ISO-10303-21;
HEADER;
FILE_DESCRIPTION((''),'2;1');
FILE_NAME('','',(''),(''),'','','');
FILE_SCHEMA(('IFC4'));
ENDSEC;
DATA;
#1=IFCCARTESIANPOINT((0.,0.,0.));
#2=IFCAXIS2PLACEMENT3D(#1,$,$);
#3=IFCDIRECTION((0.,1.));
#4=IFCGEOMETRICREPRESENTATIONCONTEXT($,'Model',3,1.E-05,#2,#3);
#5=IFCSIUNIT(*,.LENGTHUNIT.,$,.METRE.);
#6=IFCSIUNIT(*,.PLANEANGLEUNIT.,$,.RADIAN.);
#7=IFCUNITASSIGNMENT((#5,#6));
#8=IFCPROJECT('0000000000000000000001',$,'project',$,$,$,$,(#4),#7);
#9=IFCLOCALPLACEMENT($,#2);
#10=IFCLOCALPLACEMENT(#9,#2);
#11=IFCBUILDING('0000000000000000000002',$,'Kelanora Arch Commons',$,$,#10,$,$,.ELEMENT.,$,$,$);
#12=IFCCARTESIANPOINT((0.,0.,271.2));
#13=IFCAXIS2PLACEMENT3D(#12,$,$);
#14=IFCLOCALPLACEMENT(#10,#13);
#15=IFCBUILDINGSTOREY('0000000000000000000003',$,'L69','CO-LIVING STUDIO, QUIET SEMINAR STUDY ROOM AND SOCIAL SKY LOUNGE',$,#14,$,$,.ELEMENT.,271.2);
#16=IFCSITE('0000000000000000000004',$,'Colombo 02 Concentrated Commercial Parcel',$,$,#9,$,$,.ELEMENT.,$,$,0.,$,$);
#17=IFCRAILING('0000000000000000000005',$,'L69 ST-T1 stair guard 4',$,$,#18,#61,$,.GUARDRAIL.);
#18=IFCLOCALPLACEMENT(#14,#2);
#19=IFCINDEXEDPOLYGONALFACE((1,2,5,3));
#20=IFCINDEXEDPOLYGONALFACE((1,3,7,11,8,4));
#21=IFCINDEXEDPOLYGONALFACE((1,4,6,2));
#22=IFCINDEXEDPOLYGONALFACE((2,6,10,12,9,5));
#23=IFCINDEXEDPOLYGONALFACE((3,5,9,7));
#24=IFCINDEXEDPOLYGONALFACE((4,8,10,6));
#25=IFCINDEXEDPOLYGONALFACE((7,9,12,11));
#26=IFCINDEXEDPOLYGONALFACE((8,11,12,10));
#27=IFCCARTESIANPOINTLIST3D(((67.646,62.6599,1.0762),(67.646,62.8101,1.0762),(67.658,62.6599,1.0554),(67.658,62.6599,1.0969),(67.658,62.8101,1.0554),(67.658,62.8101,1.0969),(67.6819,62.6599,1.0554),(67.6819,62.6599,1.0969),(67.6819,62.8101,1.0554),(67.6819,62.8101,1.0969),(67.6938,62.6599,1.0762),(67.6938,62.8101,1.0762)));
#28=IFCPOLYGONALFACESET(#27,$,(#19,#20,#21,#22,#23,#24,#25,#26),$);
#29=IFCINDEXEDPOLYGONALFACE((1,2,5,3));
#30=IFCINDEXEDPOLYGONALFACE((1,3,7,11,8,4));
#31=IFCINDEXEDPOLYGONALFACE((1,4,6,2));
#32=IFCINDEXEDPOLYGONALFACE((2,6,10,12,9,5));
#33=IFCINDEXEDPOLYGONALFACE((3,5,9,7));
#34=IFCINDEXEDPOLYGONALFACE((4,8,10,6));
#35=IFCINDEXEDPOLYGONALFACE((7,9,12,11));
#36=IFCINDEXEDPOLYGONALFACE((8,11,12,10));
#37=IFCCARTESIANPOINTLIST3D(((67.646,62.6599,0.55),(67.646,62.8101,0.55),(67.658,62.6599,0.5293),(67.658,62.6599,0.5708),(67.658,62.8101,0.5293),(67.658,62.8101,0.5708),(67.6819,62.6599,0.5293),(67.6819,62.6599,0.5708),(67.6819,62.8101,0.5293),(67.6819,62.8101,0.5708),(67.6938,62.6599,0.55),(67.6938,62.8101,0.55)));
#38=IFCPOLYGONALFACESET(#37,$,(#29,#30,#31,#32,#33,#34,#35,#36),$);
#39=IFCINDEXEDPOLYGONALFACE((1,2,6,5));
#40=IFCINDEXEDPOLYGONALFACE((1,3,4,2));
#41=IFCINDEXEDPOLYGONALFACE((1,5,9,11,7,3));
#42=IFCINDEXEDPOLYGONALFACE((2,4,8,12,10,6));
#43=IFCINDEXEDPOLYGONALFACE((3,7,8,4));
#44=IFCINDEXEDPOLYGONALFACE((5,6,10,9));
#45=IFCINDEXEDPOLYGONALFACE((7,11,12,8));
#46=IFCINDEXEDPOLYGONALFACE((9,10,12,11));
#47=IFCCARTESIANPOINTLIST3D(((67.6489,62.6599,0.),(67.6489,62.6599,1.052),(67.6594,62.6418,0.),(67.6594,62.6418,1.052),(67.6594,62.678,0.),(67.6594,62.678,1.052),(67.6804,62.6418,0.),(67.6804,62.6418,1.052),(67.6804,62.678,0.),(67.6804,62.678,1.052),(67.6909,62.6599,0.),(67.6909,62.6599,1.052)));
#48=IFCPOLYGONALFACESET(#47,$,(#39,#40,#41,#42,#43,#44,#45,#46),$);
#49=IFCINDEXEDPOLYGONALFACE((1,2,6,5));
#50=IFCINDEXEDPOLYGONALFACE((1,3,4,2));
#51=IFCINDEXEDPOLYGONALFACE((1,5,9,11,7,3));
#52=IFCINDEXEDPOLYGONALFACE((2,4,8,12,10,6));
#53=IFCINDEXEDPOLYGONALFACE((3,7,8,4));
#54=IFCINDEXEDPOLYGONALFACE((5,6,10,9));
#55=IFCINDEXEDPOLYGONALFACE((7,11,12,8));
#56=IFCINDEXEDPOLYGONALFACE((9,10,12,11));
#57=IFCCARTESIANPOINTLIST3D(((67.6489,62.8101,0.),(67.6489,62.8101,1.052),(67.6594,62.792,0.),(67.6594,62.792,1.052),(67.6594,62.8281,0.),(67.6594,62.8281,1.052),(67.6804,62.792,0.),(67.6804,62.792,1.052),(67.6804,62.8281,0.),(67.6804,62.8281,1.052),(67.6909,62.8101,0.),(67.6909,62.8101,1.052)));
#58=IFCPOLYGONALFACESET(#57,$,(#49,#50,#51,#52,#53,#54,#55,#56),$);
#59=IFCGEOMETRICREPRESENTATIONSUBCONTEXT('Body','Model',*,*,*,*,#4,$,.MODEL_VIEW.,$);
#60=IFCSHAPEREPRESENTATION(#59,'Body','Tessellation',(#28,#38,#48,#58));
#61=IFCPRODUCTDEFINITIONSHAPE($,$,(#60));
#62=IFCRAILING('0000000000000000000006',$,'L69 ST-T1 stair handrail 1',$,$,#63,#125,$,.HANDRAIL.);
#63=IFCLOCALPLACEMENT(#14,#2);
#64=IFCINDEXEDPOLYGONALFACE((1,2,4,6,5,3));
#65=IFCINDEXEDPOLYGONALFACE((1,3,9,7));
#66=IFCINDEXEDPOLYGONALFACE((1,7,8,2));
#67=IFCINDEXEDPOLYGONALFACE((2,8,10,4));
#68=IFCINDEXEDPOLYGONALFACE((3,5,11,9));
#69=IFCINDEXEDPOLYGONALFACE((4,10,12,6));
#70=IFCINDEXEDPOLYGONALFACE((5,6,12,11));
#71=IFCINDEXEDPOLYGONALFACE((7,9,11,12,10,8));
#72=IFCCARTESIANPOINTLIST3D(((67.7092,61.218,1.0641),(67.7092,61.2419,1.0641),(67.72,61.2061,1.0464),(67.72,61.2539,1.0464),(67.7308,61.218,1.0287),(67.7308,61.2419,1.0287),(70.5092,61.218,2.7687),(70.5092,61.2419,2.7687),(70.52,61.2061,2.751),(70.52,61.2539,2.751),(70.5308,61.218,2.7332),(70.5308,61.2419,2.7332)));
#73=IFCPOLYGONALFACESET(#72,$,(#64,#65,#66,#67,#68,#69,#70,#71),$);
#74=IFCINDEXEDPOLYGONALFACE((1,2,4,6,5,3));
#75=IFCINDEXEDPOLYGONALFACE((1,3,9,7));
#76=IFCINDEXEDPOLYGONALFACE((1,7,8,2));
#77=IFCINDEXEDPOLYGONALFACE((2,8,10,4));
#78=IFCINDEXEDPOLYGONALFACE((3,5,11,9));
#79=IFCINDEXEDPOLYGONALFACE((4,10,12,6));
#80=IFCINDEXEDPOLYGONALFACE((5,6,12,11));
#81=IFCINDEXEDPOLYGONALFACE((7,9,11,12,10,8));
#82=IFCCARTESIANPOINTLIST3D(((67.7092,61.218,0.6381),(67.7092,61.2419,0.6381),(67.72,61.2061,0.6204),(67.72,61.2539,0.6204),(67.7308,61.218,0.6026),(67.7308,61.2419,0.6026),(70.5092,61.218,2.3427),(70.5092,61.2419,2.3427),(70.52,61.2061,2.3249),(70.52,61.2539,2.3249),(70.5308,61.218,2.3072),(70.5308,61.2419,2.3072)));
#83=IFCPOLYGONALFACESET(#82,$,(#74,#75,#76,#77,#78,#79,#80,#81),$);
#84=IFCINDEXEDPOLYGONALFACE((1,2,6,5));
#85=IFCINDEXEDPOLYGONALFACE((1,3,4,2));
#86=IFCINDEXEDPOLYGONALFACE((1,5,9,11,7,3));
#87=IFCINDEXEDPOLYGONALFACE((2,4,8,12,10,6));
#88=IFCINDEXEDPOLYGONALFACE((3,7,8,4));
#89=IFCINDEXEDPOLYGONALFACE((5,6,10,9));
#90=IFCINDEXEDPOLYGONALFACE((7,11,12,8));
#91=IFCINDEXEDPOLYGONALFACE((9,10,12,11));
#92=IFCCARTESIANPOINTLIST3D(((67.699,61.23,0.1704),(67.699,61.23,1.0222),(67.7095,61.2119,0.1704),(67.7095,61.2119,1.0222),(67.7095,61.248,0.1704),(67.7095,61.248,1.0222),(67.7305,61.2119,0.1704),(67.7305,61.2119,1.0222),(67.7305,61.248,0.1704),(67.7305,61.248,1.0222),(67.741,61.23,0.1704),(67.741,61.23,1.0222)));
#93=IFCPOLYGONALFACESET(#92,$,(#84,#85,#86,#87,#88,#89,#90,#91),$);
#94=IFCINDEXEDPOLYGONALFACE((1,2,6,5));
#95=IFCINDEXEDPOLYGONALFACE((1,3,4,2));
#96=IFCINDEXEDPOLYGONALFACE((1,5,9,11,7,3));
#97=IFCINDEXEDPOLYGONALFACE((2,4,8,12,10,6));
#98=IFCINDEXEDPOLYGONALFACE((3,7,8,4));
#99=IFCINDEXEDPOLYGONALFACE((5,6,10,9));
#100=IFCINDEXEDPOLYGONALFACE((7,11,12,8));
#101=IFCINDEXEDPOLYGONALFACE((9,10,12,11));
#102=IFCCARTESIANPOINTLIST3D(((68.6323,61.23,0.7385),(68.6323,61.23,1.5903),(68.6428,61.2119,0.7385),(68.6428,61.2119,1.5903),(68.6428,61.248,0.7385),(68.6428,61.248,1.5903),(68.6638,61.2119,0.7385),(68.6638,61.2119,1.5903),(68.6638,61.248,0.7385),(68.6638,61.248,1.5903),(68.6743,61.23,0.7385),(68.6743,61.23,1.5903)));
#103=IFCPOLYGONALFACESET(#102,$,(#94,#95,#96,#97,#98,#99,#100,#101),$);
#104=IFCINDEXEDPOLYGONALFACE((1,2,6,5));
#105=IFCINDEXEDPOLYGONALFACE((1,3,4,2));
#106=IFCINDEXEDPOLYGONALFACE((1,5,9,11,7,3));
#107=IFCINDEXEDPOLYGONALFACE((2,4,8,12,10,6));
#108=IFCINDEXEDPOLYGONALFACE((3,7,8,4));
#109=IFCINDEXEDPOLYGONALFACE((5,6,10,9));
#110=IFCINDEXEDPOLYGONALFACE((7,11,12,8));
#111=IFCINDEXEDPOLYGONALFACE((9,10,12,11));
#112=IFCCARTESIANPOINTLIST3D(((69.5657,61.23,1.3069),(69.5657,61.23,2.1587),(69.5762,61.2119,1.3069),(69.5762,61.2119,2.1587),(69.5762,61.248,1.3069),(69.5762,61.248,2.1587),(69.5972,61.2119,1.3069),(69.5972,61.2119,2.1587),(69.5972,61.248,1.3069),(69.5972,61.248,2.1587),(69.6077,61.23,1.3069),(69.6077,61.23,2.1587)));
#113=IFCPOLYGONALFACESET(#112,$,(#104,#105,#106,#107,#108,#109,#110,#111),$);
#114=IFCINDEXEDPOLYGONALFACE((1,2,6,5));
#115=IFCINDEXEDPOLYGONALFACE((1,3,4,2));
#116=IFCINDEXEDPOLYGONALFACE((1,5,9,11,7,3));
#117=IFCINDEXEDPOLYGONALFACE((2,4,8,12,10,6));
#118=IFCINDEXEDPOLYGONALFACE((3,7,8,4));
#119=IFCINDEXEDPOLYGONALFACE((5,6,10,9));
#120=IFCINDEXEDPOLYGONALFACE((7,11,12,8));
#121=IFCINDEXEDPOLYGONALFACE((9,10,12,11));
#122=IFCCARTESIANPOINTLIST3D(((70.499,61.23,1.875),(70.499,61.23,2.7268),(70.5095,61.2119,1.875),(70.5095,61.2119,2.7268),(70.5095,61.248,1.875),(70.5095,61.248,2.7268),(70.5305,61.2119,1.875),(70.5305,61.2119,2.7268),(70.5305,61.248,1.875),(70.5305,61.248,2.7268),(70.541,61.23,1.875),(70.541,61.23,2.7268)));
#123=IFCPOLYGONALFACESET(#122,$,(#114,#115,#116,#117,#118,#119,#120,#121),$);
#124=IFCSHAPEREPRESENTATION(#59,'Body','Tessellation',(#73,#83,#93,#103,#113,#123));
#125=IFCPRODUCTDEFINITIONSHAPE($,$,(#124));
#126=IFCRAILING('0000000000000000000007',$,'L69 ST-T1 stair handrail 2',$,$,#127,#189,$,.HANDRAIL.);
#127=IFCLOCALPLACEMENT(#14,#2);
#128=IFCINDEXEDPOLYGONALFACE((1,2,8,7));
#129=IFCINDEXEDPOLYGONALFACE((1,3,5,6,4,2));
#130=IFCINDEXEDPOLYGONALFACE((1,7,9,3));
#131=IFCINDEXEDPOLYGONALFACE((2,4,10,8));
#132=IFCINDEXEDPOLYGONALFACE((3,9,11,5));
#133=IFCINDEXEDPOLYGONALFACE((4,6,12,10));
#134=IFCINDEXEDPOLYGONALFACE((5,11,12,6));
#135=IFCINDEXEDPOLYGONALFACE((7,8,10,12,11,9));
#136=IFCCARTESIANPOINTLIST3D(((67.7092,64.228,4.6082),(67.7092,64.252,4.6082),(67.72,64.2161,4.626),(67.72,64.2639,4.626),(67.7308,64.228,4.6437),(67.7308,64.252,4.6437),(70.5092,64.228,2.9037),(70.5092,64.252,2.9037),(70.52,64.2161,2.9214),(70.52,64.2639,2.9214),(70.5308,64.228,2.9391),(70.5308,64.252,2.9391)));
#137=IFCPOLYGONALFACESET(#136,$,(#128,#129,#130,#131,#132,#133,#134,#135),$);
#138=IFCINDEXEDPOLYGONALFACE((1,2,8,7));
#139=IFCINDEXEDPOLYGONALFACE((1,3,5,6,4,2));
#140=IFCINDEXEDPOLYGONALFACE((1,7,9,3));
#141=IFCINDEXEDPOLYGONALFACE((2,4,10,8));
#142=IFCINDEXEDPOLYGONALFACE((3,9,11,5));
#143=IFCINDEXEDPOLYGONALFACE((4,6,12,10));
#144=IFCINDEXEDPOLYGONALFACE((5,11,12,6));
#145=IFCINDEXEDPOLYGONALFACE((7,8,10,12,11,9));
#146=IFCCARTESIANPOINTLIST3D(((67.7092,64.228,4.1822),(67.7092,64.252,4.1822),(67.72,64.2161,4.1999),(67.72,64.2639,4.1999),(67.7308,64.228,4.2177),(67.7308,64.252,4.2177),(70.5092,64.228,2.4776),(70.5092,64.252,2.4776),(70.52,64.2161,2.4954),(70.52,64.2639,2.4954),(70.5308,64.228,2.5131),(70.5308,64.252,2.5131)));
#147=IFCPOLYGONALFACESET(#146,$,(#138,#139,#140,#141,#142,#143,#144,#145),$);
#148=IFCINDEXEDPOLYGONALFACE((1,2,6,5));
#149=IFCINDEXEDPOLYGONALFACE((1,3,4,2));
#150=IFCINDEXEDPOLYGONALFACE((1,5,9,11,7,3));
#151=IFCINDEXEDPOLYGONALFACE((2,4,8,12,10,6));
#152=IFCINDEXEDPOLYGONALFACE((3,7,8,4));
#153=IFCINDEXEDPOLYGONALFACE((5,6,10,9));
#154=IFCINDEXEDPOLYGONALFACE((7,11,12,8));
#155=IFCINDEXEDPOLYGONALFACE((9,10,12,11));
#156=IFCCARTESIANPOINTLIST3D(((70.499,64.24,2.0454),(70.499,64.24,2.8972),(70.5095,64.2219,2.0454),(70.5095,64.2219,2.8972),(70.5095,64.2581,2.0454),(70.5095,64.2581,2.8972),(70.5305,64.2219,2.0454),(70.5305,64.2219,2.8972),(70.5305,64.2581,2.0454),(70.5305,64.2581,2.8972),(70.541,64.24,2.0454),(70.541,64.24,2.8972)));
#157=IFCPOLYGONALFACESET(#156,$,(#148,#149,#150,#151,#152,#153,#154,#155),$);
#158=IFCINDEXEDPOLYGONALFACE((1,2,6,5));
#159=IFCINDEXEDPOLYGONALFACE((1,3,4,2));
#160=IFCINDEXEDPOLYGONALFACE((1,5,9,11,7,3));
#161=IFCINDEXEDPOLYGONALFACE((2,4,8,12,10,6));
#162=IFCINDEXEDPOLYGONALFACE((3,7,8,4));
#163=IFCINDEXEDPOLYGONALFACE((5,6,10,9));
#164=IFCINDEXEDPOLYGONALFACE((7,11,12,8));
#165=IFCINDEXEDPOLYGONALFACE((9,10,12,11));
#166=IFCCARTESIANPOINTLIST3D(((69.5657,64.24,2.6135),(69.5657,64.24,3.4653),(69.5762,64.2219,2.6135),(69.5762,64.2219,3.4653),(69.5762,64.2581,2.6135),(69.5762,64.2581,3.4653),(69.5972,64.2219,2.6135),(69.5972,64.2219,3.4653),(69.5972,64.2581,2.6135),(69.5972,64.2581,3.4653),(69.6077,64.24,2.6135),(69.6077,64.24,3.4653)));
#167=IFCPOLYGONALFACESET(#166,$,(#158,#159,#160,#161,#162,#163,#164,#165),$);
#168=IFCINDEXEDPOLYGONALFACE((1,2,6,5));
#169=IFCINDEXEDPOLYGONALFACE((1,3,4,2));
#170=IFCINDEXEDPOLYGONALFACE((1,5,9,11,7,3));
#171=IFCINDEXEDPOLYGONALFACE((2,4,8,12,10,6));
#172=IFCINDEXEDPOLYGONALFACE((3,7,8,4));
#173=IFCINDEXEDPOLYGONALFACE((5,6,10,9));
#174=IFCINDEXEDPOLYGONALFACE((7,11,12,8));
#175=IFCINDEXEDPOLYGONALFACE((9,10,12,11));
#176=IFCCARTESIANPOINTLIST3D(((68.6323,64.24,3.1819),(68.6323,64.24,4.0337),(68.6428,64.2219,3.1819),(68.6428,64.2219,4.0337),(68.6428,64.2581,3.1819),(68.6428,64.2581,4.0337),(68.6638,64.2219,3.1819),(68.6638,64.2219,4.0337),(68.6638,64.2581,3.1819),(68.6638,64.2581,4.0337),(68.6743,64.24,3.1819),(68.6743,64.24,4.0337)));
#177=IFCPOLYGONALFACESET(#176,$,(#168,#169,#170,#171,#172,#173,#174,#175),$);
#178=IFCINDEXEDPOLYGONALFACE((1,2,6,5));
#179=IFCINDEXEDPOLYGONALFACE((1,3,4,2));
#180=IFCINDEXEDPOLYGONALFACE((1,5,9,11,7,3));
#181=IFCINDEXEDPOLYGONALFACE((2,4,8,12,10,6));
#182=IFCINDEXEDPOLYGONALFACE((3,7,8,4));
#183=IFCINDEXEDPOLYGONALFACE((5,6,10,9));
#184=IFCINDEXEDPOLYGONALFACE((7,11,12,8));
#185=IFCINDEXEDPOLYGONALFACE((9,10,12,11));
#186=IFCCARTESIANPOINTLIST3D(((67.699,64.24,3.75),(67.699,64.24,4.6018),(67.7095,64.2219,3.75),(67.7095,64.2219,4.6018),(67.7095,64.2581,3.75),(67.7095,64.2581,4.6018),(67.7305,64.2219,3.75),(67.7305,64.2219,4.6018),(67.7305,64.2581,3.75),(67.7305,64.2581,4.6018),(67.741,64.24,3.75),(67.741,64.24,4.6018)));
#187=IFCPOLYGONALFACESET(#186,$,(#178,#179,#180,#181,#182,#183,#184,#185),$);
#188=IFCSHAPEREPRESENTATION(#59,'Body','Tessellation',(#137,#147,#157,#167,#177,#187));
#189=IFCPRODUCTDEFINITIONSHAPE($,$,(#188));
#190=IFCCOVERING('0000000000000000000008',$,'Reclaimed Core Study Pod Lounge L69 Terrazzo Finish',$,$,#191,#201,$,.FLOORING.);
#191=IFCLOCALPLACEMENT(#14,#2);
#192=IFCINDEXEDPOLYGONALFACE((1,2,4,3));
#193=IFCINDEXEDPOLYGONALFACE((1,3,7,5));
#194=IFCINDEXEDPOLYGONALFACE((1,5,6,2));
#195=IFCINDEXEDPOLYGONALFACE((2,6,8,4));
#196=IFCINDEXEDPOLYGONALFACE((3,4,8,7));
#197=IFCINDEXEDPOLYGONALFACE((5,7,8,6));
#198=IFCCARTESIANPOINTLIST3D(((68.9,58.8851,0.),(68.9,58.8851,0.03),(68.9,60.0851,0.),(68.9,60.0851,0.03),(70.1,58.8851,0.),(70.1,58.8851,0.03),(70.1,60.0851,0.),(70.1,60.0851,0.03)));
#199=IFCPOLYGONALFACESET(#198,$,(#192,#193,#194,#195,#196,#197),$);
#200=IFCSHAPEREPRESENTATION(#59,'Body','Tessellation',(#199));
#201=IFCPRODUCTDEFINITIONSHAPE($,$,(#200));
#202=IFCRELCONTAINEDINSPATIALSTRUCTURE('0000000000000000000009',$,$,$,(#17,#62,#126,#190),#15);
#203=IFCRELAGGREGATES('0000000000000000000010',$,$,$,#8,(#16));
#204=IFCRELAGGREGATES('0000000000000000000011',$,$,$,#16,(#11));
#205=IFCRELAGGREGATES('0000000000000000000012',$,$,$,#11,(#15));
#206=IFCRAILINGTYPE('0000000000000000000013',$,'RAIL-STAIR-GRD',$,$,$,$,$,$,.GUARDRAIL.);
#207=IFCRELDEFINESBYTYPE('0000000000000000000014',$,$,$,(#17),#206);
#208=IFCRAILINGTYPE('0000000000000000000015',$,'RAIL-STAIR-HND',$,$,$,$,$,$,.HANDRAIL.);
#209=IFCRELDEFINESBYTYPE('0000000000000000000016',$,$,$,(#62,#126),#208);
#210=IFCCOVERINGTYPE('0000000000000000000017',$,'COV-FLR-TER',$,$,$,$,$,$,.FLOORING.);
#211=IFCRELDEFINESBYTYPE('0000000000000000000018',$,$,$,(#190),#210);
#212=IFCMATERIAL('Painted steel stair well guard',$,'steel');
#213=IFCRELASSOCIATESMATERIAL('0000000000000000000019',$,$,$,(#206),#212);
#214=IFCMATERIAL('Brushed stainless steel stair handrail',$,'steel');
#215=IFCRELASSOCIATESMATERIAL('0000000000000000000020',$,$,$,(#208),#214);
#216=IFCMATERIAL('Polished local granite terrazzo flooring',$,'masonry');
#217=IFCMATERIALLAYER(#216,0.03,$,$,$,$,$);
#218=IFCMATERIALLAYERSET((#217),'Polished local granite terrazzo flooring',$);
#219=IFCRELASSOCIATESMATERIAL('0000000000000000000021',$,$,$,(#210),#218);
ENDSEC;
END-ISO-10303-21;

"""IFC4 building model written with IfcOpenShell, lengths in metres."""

from ifc_helpers import new_model, si_unit, direction, frame, origin, origin_2d, place, context, subcontext, project, spatial, polyline, rectangle, outline, extrude, source, transform, mapped, material, layer, layer_set, type_object, element, save


model = new_model("IFC4")

# Units and contexts
model_context = context("Model", 3, precision=1e-05, world=origin(), true_north=direction((0.0, 1.0)))
body_context = subcontext(model_context, "Body", "Model", "MODEL_VIEW")
ifc_project = project(units=[si_unit("LENGTHUNIT", "METRE"), si_unit("PLANEANGLEUNIT", "RADIAN")], contexts=[model_context])

# Site, building, storey
site_placement = place(None, origin())
site = spatial("IfcSite", under=ifc_project, at=site_placement, Name="Colombo 02 Concentrated Commercial Parcel", CompositionType="ELEMENT", RefElevation=0.0)
building_placement = place(site_placement, origin())
building = spatial("IfcBuilding", under=site, at=building_placement, Name="Kelanora Arch Commons", CompositionType="ELEMENT")
storey_placement = place(building_placement, frame((0.0, 0.0, 271.2)))
storey = spatial("IfcBuildingStorey", under=building, at=storey_placement, Name="L69", Description="CO-LIVING STUDIO, QUIET SEMINAR STUDY ROOM AND SOCIAL SKY LOUNGE", CompositionType="ELEMENT", Elevation=271.2)

# Railings
ifc_material_1 = material(Name="Painted steel stair well guard", Category="steel")
railing_type_1 = type_object("IfcRailingType", Name="RAIL-STAIR-GRD", PredefinedType="GUARDRAIL", material=ifc_material_1)
railing_1_placement = place(storey_placement, frame((67.6699, 62.6599, 0.0)))
element("IfcRailing", 1, at=railing_1_placement, inside=storey, type_object=railing_type_1, Name="L69 ST-T1 stair guard 4", PredefinedType="GUARDRAIL", context=body_context, shape_type="SweptSolid", body=[
    extrude(outline(polyline([(0.0239, 0.0), (0.012, 0.0208), (-0.012, 0.0208), (-0.0239, 0.0), (-0.012, -0.0208), (0.012, -0.0208), (0.0239, 0.0)])), frame((0.0, 0.0, 1.0762), z_axis=(0.0, 1.0, 0.0), x_axis=(-1.0, 0.0, 0.0)), (0.0, 0.0, 1.0), 0.1501),
    extrude(outline(polyline([(0.0239, 0.0), (0.012, 0.0208), (-0.012, 0.0208), (-0.0239, 0.0), (-0.012, -0.0208), (0.012, -0.0208), (0.0239, 0.0)])), frame((0.0, 0.0, 0.55), z_axis=(0.0, 1.0, 0.0), x_axis=(-1.0, 0.0, 0.0)), (0.0, 0.0, 1.0), 0.1501),
    extrude(outline(polyline([(0.021, 0.0), (0.0105, 0.0181), (-0.0105, 0.0181), (-0.021, 0.0), (-0.0105, -0.0181), (0.0105, -0.0181), (0.021, 0.0)])), origin(), (0.0, 0.0, 1.0), 1.052),
    extrude(outline(polyline([(0.021, 0.0), (0.0105, 0.0181), (-0.0105, 0.0181), (-0.021, 0.0), (-0.0105, -0.0181), (0.0105, -0.0181), (0.021, 0.0)])), frame((0.0, 0.1501, 0.0)), (0.0, 0.0, 1.0), 1.052),
])
ifc_material_2 = material(Name="Brushed stainless steel stair handrail", Category="steel")
railing_type_2 = type_object("IfcRailingType", Name="RAIL-STAIR-HND", PredefinedType="HANDRAIL", material=ifc_material_2)
railing_2_placement = place(storey_placement, frame((67.72, 61.23, 0.1704)))
element("IfcRailing", 2, at=railing_2_placement, inside=storey, type_object=railing_type_2, Name="L69 ST-T1 stair handrail 1", PredefinedType="HANDRAIL", context=body_context, shape_type="SweptSolid", body=[
    extrude(outline(polyline([(0.0239, 0.0), (0.012, 0.0208), (-0.012, 0.0208), (-0.0239, 0.0), (-0.012, -0.0208), (0.012, -0.0208), (0.0239, 0.0)])), frame((0.0, 0.0, 0.876), z_axis=(0.85417, 0.0, 0.519994), x_axis=(0.0, 1.0, 0.0)), (0.0, 0.0, 1.0), 3.2781),
    extrude(outline(polyline([(0.0239, 0.0), (0.012, 0.0208), (-0.012, 0.0208), (-0.0239, 0.0), (-0.012, -0.0208), (0.012, -0.0208), (0.0239, 0.0)])), frame((0.0, 0.0, 0.45), z_axis=(0.85417, 0.0, 0.519994), x_axis=(0.0, 1.0, 0.0)), (0.0, 0.0, 1.0), 3.2781),
    extrude(outline(polyline([(0.021, 0.0), (0.0105, 0.0181), (-0.0105, 0.0181), (-0.021, 0.0), (-0.0105, -0.0181), (0.0105, -0.0181), (0.021, 0.0)])), origin(), (0.0, 0.0, 1.0), 0.8518),
    extrude(outline(polyline([(0.021, 0.0), (0.0105, 0.0181), (-0.0105, 0.0181), (-0.021, 0.0), (-0.0105, -0.0181), (0.0105, -0.0181), (0.021, 0.0)])), frame((0.9333, 0.0, 0.5681)), (0.0, 0.0, 1.0), 0.8518),
    extrude(outline(polyline([(0.021, 0.0), (0.0105, 0.0181), (-0.0105, 0.0181), (-0.021, 0.0), (-0.0105, -0.0181), (0.0105, -0.0181), (0.021, 0.0)])), frame((1.8667, 0.0, 1.1365)), (0.0, 0.0, 1.0), 0.8518),
    extrude(outline(polyline([(0.021, 0.0), (0.0105, 0.0181), (-0.0105, 0.0181), (-0.021, 0.0), (-0.0105, -0.0181), (0.0105, -0.0181), (0.021, 0.0)])), frame((2.8, 0.0, 1.7046)), (0.0, 0.0, 1.0), 0.8518),
])
railing_3_placement = place(storey_placement, frame((70.52, 64.24, 2.0454)))
element("IfcRailing", 3, at=railing_3_placement, inside=storey, type_object=railing_type_2, Name="L69 ST-T1 stair handrail 2", PredefinedType="HANDRAIL", context=body_context, shape_type="SweptSolid", body=[
    extrude(outline(polyline([(0.0239, 0.0), (0.012, 0.0208), (-0.012, 0.0208), (-0.0239, 0.0), (-0.012, -0.0208), (0.012, -0.0208), (0.0239, 0.0)])), frame((0.0, 0.0, 0.876), z_axis=(-0.85417, 0.0, 0.519994), x_axis=(0.0, -1.0, 0.0)), (0.0, 0.0, 1.0), 3.2781),
    extrude(outline(polyline([(0.0239, 0.0), (0.012, 0.0208), (-0.012, 0.0208), (-0.0239, 0.0), (-0.012, -0.0208), (0.012, -0.0208), (0.0239, 0.0)])), frame((0.0, 0.0, 0.45), z_axis=(-0.85417, 0.0, 0.519994), x_axis=(0.0, -1.0, 0.0)), (0.0, 0.0, 1.0), 3.2781),
    extrude(outline(polyline([(0.021, 0.0), (0.0105, 0.0181), (-0.0105, 0.0181), (-0.021, 0.0), (-0.0105, -0.0181), (0.0105, -0.0181), (0.021, 0.0)])), origin(), (0.0, 0.0, 1.0), 0.8518),
    extrude(outline(polyline([(0.021, 0.0), (0.0105, 0.0181), (-0.0105, 0.0181), (-0.021, 0.0), (-0.0105, -0.0181), (0.0105, -0.0181), (0.021, 0.0)])), frame((-0.9333, 0.0, 0.5681)), (0.0, 0.0, 1.0), 0.8518),
    extrude(outline(polyline([(0.021, 0.0), (0.0105, 0.0181), (-0.0105, 0.0181), (-0.021, 0.0), (-0.0105, -0.0181), (0.0105, -0.0181), (0.021, 0.0)])), frame((-1.8667, 0.0, 1.1365)), (0.0, 0.0, 1.0), 0.8518),
    extrude(outline(polyline([(0.021, 0.0), (0.0105, 0.0181), (-0.0105, 0.0181), (-0.021, 0.0), (-0.0105, -0.0181), (0.0105, -0.0181), (0.021, 0.0)])), frame((-2.8, 0.0, 1.7046)), (0.0, 0.0, 1.0), 0.8518),
])

# Covering
ifc_material_3 = material(Name="Polished local granite terrazzo flooring", Category="masonry")
ifc_layer_1 = layer(ifc_material_3, 0.03)
ifc_layer_set_1 = layer_set([ifc_layer_1], Name="Polished local granite terrazzo flooring")
covering_type = type_object("IfcCoveringType", Name="COV-FLR-TER", PredefinedType="FLOORING", material=ifc_layer_set_1)
shared_shape = source(origin(), body_context, "Body", "SweptSolid", [
    extrude(rectangle(XDim=1.2, YDim=1.2, at=origin_2d()), origin(), (0.0, 0.0, 1.0), 0.03),
])
covering_placement = place(storey_placement, frame((69.5, 59.4851, 0.0), z_axis=(0.0, 0.0, 1.0), x_axis=(1.0, 0.0, 0.0)))
element("IfcCovering", 4, at=covering_placement, inside=storey, type_object=covering_type, Name="Reclaimed Core Study Pod Lounge L69 Terrazzo Finish", PredefinedType="FLOORING", context=body_context, shape_type="MappedRepresentation", body=[
    mapped(shared_shape, transform((0.0, 0.0, 0.0), scale=1.0)),
])

save(model, "model.ifc")
